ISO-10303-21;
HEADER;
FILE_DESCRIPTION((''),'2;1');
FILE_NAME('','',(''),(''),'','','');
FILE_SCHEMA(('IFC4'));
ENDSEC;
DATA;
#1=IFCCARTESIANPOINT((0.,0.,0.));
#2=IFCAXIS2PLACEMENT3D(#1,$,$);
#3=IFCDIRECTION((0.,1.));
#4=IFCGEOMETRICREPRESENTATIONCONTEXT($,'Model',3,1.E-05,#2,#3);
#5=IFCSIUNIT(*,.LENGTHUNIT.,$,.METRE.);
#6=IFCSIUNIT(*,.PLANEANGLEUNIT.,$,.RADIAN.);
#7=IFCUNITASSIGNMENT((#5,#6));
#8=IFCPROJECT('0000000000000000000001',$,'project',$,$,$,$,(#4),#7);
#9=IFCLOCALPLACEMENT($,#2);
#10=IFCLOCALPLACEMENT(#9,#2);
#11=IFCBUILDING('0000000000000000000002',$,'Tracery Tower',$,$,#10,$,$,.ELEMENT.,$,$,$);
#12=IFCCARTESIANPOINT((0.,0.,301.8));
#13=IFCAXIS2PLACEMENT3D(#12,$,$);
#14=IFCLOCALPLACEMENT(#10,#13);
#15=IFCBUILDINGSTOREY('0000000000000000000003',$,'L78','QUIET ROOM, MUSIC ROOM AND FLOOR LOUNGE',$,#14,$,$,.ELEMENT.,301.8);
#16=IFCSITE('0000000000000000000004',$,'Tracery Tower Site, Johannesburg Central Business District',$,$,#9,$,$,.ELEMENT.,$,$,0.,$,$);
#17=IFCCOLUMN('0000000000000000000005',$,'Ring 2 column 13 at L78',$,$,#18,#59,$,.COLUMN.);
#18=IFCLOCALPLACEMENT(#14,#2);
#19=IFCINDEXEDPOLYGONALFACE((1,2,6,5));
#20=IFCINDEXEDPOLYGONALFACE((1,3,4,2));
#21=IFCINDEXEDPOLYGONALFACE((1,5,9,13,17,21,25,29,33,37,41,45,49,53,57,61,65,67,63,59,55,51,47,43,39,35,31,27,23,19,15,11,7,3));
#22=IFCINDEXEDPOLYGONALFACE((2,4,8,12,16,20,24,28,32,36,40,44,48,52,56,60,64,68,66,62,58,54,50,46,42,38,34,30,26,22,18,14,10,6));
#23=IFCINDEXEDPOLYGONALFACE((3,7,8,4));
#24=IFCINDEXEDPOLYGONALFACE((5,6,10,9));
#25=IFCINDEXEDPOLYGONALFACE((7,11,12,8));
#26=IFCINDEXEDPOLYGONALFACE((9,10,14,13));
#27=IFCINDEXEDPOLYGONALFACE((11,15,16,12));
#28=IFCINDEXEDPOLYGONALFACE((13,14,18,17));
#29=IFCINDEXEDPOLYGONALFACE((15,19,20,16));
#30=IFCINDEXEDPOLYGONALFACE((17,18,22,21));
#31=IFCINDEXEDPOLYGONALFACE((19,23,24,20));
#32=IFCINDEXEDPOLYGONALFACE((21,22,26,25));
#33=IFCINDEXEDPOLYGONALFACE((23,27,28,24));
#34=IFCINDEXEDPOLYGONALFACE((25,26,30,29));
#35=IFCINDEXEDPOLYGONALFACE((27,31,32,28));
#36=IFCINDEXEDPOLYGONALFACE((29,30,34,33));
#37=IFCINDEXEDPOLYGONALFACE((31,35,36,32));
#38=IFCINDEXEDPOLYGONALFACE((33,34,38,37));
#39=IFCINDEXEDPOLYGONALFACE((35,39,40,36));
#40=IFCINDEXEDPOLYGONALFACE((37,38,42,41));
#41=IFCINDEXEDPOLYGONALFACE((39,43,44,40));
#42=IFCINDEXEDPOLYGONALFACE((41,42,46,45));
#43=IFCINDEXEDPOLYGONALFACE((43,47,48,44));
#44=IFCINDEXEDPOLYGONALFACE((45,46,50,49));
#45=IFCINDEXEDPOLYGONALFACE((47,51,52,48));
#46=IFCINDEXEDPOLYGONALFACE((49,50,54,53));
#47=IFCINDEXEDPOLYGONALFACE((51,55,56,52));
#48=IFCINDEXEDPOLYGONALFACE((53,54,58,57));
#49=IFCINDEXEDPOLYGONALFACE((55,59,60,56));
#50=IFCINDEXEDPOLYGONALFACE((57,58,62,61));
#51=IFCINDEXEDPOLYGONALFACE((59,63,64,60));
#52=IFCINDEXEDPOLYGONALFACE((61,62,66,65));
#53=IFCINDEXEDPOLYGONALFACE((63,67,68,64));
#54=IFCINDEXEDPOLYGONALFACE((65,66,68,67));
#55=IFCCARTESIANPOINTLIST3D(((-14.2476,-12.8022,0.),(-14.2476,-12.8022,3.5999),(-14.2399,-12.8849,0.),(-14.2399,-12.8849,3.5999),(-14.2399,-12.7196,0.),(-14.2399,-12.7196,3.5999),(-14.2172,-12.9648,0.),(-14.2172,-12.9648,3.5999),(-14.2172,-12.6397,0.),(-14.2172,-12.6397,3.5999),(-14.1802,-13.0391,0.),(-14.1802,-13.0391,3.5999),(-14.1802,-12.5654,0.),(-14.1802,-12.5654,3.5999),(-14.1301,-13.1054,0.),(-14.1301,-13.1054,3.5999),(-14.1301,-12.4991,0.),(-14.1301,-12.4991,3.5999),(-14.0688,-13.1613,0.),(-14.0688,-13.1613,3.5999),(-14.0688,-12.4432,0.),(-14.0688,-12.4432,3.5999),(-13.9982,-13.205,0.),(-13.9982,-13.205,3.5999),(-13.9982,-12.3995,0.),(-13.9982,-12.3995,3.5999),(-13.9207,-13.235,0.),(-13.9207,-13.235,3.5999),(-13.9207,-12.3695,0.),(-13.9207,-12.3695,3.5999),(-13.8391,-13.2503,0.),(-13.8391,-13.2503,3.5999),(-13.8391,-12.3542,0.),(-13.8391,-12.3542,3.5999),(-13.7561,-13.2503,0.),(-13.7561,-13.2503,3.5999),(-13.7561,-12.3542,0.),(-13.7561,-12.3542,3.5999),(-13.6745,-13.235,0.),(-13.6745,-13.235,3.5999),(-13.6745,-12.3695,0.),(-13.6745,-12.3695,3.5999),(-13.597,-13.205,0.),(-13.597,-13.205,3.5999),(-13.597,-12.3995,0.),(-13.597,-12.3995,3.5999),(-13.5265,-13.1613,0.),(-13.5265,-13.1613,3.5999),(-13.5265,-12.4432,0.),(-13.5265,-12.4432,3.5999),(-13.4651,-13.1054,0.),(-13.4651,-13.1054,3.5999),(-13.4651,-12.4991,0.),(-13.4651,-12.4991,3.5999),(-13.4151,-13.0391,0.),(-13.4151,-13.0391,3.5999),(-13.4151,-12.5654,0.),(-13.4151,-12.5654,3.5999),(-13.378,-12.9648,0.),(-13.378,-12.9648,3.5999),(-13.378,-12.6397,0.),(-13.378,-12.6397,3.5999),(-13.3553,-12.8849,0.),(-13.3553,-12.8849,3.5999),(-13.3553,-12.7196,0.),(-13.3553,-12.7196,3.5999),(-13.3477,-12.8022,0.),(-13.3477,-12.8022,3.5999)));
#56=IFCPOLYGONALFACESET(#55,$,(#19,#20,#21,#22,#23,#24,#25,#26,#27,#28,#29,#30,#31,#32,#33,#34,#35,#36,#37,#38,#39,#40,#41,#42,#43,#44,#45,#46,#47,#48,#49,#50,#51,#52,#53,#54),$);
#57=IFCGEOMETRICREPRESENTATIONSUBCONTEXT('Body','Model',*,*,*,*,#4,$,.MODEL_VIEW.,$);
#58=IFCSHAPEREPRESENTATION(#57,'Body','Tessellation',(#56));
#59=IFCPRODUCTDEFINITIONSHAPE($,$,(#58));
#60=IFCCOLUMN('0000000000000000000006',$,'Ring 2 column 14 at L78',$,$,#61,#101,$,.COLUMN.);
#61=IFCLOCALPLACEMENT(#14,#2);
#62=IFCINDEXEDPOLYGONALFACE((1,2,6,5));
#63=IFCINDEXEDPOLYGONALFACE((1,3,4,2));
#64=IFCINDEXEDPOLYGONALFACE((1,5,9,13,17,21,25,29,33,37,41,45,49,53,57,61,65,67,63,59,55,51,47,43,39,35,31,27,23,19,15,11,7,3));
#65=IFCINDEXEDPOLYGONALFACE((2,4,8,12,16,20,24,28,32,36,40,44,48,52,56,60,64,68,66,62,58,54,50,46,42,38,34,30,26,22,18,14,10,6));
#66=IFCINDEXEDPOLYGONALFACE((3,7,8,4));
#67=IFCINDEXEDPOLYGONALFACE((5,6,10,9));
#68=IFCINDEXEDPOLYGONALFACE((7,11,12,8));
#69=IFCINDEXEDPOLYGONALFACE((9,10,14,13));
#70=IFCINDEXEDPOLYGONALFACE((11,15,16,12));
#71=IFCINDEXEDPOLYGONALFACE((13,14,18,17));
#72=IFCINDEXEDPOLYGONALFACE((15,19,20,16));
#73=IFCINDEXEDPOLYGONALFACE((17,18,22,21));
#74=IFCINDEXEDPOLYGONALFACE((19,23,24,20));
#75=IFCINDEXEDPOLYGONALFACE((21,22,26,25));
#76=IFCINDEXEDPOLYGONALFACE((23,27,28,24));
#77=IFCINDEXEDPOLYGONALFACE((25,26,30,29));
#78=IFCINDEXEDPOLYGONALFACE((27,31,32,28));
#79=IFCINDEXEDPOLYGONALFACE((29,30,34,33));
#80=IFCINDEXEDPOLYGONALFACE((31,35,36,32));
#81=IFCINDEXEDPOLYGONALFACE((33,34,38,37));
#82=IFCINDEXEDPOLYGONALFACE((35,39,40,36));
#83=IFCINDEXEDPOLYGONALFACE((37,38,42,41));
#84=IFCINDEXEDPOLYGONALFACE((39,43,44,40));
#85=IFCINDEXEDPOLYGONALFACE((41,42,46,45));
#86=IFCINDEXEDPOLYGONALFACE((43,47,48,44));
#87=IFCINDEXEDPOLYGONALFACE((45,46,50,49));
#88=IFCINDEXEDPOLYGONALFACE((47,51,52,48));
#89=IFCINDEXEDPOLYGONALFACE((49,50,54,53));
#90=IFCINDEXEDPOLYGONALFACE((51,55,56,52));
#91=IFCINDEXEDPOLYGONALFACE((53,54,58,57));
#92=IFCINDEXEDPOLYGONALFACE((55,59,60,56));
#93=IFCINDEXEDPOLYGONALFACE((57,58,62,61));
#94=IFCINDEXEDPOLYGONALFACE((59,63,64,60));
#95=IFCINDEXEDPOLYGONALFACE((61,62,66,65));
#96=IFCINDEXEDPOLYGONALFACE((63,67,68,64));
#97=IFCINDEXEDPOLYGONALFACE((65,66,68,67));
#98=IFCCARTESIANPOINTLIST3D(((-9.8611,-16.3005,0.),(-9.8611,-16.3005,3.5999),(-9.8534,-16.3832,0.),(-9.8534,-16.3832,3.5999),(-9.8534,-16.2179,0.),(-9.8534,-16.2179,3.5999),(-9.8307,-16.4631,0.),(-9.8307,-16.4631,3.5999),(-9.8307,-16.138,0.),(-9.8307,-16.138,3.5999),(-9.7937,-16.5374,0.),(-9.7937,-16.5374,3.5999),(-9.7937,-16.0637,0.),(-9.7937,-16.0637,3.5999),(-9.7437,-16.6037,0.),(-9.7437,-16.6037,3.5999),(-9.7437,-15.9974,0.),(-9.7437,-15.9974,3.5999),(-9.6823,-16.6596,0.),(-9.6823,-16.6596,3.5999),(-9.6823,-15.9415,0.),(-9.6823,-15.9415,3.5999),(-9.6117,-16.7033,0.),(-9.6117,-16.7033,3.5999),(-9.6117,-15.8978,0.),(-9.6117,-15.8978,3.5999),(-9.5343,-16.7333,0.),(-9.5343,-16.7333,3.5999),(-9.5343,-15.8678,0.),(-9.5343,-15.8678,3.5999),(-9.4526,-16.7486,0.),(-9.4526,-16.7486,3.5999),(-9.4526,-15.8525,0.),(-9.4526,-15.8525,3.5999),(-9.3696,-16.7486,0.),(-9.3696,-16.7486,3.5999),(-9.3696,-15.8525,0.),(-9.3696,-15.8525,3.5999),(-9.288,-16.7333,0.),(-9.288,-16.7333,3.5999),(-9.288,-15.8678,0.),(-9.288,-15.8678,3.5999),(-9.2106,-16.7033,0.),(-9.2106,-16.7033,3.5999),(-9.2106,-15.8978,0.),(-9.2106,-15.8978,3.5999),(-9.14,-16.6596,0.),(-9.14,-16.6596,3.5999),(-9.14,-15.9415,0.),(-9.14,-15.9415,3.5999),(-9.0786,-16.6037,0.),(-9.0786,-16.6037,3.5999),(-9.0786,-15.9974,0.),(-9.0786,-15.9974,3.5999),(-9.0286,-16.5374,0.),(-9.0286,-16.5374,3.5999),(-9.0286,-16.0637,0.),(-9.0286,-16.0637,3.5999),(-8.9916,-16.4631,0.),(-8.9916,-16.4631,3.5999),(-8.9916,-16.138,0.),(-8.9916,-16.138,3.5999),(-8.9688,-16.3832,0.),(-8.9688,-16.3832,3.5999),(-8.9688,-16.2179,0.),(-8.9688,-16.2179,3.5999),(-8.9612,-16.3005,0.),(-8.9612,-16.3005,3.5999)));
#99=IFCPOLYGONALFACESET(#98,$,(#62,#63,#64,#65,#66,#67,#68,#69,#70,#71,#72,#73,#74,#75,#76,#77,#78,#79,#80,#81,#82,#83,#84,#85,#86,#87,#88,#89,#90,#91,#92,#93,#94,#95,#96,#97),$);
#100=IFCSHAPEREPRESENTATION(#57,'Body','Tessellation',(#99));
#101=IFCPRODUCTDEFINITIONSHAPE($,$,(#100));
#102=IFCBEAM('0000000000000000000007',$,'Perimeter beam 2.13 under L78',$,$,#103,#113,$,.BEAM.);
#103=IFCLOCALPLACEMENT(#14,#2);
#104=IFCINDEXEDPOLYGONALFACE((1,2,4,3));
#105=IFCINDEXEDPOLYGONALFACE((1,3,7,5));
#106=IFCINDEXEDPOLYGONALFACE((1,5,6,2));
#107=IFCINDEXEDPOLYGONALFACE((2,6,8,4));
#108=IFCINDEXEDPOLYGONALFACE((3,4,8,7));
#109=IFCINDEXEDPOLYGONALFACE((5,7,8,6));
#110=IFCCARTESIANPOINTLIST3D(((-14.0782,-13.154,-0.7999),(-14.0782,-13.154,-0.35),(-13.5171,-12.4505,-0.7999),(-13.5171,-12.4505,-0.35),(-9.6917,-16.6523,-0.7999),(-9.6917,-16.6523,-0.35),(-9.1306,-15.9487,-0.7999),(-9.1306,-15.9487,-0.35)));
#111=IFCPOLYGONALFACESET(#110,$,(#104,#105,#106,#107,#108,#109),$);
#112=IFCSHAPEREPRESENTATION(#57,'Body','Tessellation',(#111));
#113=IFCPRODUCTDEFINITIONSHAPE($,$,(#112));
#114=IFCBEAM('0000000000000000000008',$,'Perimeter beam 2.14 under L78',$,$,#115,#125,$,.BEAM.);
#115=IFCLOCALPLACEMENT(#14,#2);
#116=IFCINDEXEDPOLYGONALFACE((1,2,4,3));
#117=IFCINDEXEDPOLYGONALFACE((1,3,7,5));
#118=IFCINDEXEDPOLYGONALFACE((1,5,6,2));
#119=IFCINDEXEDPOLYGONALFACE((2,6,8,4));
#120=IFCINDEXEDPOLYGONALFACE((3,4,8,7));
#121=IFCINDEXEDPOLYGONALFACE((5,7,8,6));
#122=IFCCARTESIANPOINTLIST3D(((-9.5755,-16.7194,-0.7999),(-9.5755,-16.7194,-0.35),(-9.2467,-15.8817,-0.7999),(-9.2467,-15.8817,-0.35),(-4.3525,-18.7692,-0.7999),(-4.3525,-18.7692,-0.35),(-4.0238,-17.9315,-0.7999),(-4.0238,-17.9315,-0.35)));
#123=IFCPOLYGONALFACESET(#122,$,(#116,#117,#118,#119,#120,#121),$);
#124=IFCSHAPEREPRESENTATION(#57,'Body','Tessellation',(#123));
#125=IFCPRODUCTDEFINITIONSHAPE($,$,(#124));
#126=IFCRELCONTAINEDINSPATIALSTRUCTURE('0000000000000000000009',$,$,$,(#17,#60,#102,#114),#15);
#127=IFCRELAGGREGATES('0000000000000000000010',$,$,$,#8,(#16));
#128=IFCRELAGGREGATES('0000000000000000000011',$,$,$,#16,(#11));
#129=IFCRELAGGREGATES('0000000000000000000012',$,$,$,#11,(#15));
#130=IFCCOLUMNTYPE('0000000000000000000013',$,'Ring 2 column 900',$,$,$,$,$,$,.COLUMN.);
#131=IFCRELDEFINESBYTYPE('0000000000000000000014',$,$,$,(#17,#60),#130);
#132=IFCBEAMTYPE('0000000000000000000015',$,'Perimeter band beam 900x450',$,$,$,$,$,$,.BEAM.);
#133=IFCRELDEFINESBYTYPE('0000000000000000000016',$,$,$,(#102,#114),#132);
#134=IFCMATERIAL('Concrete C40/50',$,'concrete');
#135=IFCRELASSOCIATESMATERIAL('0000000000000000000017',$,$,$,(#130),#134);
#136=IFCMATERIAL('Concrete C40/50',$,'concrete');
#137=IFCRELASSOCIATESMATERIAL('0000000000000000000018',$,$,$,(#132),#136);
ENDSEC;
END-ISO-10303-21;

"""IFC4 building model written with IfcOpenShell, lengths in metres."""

from ifc_helpers import new_model, si_unit, direction, frame, origin, origin_2d, place, context, subcontext, project, spatial, rectangle, circle, extrude, material, material_profile, profile_set, type_object, element, save


model = new_model("IFC4")

# Units and contexts
model_context = context("Model", 3, precision=1e-05, world=origin(), true_north=direction((0.0, 1.0)))
body_context = subcontext(model_context, "Body", "Model", "MODEL_VIEW")
ifc_project = project(units=[si_unit("LENGTHUNIT", "METRE"), si_unit("PLANEANGLEUNIT", "RADIAN")], contexts=[model_context])

# Site, building, storey
site_placement = place(None, origin())
site = spatial("IfcSite", under=ifc_project, at=site_placement, Name="Tracery Tower Site, Johannesburg Central Business District", CompositionType="ELEMENT", RefElevation=0.0)
building_placement = place(site_placement, origin())
building = spatial("IfcBuilding", under=site, at=building_placement, Name="Tracery Tower", CompositionType="ELEMENT")
storey_placement = place(building_placement, frame((0.0, 0.0, 301.8)))
storey = spatial("IfcBuildingStorey", under=building, at=storey_placement, Name="L78", Description="QUIET ROOM, MUSIC ROOM AND FLOOR LOUNGE", CompositionType="ELEMENT", Elevation=301.8)

# Columns
ifc_material_1 = material(Name="Concrete C40/50", Category="concrete")
ifc_material_profile_1 = material_profile(ifc_material_1, circle(Radius=0.45, at=origin_2d()), Name="RC D900")
ifc_profile_set_1 = profile_set([ifc_material_profile_1], Name="Concrete C40/50")
column_type = type_object("IfcColumnType", Name="Ring 2 column 900", PredefinedType="COLUMN", material=ifc_profile_set_1)
for number, where, z_axis, x_axis, name in (
    (1, (-13.7976, -12.8022, 0.0), (0.0, 0.0, 1.0), (1.0, 0.0, 0.0), "Ring 2 column 13 at L78"),
    (2, (-9.4111, -16.3005, 0.0), (0.0, 0.0, 1.0), (1.0, 0.0, 0.0), "Ring 2 column 14 at L78"),
):
    element("IfcColumn", number, at=place(storey_placement, frame(where, z_axis=z_axis, x_axis=x_axis)), inside=storey, type_object=column_type, Name=name, PredefinedType="COLUMN", context=body_context, shape_type="SweptSolid", body=[
        extrude(circle(Radius=0.45, at=origin_2d()), origin(), (0.0, 0.0, 1.0), 3.5999),
    ])

# Beams
ifc_material_2 = material(Name="Concrete C40/50", Category="concrete")
ifc_material_profile_2 = material_profile(ifc_material_2, rectangle(XDim=0.8999, YDim=0.45, at=origin_2d()), Name="RC 900x450")
ifc_profile_set_2 = profile_set([ifc_material_profile_2], Name="Concrete C40/50")
beam_type = type_object("IfcBeamType", Name="Perimeter band beam 900x450", PredefinedType="BEAM", material=ifc_profile_set_2)
beam_1_placement = place(storey_placement, frame((-13.7976, -12.8022, -0.575), z_axis=(0.781815, -0.623511, 0.0), x_axis=(0.623511, 0.781815, 0.0)))
element("IfcBeam", 3, at=beam_1_placement, inside=storey, type_object=beam_type, Name="Perimeter beam 2.13 under L78", PredefinedType="BEAM", context=body_context, shape_type="SweptSolid", body=[
    extrude(rectangle(XDim=0.8999, YDim=0.45, at=origin_2d()), origin(), (0.0, 0.0, 1.0), 5.6106),
])
beam_2_placement = place(storey_placement, frame((-9.4111, -16.3005, -0.575), z_axis=(0.930876, -0.365336, 0.0), x_axis=(0.365336, 0.930876, 0.0)))
element("IfcBeam", 4, at=beam_2_placement, inside=storey, type_object=beam_type, Name="Perimeter beam 2.14 under L78", PredefinedType="BEAM", context=body_context, shape_type="SweptSolid", body=[
    extrude(rectangle(XDim=0.8999, YDim=0.45, at=origin_2d()), origin(), (0.0, 0.0, 1.0), 5.6108),
])

save(model, "model.ifc")
